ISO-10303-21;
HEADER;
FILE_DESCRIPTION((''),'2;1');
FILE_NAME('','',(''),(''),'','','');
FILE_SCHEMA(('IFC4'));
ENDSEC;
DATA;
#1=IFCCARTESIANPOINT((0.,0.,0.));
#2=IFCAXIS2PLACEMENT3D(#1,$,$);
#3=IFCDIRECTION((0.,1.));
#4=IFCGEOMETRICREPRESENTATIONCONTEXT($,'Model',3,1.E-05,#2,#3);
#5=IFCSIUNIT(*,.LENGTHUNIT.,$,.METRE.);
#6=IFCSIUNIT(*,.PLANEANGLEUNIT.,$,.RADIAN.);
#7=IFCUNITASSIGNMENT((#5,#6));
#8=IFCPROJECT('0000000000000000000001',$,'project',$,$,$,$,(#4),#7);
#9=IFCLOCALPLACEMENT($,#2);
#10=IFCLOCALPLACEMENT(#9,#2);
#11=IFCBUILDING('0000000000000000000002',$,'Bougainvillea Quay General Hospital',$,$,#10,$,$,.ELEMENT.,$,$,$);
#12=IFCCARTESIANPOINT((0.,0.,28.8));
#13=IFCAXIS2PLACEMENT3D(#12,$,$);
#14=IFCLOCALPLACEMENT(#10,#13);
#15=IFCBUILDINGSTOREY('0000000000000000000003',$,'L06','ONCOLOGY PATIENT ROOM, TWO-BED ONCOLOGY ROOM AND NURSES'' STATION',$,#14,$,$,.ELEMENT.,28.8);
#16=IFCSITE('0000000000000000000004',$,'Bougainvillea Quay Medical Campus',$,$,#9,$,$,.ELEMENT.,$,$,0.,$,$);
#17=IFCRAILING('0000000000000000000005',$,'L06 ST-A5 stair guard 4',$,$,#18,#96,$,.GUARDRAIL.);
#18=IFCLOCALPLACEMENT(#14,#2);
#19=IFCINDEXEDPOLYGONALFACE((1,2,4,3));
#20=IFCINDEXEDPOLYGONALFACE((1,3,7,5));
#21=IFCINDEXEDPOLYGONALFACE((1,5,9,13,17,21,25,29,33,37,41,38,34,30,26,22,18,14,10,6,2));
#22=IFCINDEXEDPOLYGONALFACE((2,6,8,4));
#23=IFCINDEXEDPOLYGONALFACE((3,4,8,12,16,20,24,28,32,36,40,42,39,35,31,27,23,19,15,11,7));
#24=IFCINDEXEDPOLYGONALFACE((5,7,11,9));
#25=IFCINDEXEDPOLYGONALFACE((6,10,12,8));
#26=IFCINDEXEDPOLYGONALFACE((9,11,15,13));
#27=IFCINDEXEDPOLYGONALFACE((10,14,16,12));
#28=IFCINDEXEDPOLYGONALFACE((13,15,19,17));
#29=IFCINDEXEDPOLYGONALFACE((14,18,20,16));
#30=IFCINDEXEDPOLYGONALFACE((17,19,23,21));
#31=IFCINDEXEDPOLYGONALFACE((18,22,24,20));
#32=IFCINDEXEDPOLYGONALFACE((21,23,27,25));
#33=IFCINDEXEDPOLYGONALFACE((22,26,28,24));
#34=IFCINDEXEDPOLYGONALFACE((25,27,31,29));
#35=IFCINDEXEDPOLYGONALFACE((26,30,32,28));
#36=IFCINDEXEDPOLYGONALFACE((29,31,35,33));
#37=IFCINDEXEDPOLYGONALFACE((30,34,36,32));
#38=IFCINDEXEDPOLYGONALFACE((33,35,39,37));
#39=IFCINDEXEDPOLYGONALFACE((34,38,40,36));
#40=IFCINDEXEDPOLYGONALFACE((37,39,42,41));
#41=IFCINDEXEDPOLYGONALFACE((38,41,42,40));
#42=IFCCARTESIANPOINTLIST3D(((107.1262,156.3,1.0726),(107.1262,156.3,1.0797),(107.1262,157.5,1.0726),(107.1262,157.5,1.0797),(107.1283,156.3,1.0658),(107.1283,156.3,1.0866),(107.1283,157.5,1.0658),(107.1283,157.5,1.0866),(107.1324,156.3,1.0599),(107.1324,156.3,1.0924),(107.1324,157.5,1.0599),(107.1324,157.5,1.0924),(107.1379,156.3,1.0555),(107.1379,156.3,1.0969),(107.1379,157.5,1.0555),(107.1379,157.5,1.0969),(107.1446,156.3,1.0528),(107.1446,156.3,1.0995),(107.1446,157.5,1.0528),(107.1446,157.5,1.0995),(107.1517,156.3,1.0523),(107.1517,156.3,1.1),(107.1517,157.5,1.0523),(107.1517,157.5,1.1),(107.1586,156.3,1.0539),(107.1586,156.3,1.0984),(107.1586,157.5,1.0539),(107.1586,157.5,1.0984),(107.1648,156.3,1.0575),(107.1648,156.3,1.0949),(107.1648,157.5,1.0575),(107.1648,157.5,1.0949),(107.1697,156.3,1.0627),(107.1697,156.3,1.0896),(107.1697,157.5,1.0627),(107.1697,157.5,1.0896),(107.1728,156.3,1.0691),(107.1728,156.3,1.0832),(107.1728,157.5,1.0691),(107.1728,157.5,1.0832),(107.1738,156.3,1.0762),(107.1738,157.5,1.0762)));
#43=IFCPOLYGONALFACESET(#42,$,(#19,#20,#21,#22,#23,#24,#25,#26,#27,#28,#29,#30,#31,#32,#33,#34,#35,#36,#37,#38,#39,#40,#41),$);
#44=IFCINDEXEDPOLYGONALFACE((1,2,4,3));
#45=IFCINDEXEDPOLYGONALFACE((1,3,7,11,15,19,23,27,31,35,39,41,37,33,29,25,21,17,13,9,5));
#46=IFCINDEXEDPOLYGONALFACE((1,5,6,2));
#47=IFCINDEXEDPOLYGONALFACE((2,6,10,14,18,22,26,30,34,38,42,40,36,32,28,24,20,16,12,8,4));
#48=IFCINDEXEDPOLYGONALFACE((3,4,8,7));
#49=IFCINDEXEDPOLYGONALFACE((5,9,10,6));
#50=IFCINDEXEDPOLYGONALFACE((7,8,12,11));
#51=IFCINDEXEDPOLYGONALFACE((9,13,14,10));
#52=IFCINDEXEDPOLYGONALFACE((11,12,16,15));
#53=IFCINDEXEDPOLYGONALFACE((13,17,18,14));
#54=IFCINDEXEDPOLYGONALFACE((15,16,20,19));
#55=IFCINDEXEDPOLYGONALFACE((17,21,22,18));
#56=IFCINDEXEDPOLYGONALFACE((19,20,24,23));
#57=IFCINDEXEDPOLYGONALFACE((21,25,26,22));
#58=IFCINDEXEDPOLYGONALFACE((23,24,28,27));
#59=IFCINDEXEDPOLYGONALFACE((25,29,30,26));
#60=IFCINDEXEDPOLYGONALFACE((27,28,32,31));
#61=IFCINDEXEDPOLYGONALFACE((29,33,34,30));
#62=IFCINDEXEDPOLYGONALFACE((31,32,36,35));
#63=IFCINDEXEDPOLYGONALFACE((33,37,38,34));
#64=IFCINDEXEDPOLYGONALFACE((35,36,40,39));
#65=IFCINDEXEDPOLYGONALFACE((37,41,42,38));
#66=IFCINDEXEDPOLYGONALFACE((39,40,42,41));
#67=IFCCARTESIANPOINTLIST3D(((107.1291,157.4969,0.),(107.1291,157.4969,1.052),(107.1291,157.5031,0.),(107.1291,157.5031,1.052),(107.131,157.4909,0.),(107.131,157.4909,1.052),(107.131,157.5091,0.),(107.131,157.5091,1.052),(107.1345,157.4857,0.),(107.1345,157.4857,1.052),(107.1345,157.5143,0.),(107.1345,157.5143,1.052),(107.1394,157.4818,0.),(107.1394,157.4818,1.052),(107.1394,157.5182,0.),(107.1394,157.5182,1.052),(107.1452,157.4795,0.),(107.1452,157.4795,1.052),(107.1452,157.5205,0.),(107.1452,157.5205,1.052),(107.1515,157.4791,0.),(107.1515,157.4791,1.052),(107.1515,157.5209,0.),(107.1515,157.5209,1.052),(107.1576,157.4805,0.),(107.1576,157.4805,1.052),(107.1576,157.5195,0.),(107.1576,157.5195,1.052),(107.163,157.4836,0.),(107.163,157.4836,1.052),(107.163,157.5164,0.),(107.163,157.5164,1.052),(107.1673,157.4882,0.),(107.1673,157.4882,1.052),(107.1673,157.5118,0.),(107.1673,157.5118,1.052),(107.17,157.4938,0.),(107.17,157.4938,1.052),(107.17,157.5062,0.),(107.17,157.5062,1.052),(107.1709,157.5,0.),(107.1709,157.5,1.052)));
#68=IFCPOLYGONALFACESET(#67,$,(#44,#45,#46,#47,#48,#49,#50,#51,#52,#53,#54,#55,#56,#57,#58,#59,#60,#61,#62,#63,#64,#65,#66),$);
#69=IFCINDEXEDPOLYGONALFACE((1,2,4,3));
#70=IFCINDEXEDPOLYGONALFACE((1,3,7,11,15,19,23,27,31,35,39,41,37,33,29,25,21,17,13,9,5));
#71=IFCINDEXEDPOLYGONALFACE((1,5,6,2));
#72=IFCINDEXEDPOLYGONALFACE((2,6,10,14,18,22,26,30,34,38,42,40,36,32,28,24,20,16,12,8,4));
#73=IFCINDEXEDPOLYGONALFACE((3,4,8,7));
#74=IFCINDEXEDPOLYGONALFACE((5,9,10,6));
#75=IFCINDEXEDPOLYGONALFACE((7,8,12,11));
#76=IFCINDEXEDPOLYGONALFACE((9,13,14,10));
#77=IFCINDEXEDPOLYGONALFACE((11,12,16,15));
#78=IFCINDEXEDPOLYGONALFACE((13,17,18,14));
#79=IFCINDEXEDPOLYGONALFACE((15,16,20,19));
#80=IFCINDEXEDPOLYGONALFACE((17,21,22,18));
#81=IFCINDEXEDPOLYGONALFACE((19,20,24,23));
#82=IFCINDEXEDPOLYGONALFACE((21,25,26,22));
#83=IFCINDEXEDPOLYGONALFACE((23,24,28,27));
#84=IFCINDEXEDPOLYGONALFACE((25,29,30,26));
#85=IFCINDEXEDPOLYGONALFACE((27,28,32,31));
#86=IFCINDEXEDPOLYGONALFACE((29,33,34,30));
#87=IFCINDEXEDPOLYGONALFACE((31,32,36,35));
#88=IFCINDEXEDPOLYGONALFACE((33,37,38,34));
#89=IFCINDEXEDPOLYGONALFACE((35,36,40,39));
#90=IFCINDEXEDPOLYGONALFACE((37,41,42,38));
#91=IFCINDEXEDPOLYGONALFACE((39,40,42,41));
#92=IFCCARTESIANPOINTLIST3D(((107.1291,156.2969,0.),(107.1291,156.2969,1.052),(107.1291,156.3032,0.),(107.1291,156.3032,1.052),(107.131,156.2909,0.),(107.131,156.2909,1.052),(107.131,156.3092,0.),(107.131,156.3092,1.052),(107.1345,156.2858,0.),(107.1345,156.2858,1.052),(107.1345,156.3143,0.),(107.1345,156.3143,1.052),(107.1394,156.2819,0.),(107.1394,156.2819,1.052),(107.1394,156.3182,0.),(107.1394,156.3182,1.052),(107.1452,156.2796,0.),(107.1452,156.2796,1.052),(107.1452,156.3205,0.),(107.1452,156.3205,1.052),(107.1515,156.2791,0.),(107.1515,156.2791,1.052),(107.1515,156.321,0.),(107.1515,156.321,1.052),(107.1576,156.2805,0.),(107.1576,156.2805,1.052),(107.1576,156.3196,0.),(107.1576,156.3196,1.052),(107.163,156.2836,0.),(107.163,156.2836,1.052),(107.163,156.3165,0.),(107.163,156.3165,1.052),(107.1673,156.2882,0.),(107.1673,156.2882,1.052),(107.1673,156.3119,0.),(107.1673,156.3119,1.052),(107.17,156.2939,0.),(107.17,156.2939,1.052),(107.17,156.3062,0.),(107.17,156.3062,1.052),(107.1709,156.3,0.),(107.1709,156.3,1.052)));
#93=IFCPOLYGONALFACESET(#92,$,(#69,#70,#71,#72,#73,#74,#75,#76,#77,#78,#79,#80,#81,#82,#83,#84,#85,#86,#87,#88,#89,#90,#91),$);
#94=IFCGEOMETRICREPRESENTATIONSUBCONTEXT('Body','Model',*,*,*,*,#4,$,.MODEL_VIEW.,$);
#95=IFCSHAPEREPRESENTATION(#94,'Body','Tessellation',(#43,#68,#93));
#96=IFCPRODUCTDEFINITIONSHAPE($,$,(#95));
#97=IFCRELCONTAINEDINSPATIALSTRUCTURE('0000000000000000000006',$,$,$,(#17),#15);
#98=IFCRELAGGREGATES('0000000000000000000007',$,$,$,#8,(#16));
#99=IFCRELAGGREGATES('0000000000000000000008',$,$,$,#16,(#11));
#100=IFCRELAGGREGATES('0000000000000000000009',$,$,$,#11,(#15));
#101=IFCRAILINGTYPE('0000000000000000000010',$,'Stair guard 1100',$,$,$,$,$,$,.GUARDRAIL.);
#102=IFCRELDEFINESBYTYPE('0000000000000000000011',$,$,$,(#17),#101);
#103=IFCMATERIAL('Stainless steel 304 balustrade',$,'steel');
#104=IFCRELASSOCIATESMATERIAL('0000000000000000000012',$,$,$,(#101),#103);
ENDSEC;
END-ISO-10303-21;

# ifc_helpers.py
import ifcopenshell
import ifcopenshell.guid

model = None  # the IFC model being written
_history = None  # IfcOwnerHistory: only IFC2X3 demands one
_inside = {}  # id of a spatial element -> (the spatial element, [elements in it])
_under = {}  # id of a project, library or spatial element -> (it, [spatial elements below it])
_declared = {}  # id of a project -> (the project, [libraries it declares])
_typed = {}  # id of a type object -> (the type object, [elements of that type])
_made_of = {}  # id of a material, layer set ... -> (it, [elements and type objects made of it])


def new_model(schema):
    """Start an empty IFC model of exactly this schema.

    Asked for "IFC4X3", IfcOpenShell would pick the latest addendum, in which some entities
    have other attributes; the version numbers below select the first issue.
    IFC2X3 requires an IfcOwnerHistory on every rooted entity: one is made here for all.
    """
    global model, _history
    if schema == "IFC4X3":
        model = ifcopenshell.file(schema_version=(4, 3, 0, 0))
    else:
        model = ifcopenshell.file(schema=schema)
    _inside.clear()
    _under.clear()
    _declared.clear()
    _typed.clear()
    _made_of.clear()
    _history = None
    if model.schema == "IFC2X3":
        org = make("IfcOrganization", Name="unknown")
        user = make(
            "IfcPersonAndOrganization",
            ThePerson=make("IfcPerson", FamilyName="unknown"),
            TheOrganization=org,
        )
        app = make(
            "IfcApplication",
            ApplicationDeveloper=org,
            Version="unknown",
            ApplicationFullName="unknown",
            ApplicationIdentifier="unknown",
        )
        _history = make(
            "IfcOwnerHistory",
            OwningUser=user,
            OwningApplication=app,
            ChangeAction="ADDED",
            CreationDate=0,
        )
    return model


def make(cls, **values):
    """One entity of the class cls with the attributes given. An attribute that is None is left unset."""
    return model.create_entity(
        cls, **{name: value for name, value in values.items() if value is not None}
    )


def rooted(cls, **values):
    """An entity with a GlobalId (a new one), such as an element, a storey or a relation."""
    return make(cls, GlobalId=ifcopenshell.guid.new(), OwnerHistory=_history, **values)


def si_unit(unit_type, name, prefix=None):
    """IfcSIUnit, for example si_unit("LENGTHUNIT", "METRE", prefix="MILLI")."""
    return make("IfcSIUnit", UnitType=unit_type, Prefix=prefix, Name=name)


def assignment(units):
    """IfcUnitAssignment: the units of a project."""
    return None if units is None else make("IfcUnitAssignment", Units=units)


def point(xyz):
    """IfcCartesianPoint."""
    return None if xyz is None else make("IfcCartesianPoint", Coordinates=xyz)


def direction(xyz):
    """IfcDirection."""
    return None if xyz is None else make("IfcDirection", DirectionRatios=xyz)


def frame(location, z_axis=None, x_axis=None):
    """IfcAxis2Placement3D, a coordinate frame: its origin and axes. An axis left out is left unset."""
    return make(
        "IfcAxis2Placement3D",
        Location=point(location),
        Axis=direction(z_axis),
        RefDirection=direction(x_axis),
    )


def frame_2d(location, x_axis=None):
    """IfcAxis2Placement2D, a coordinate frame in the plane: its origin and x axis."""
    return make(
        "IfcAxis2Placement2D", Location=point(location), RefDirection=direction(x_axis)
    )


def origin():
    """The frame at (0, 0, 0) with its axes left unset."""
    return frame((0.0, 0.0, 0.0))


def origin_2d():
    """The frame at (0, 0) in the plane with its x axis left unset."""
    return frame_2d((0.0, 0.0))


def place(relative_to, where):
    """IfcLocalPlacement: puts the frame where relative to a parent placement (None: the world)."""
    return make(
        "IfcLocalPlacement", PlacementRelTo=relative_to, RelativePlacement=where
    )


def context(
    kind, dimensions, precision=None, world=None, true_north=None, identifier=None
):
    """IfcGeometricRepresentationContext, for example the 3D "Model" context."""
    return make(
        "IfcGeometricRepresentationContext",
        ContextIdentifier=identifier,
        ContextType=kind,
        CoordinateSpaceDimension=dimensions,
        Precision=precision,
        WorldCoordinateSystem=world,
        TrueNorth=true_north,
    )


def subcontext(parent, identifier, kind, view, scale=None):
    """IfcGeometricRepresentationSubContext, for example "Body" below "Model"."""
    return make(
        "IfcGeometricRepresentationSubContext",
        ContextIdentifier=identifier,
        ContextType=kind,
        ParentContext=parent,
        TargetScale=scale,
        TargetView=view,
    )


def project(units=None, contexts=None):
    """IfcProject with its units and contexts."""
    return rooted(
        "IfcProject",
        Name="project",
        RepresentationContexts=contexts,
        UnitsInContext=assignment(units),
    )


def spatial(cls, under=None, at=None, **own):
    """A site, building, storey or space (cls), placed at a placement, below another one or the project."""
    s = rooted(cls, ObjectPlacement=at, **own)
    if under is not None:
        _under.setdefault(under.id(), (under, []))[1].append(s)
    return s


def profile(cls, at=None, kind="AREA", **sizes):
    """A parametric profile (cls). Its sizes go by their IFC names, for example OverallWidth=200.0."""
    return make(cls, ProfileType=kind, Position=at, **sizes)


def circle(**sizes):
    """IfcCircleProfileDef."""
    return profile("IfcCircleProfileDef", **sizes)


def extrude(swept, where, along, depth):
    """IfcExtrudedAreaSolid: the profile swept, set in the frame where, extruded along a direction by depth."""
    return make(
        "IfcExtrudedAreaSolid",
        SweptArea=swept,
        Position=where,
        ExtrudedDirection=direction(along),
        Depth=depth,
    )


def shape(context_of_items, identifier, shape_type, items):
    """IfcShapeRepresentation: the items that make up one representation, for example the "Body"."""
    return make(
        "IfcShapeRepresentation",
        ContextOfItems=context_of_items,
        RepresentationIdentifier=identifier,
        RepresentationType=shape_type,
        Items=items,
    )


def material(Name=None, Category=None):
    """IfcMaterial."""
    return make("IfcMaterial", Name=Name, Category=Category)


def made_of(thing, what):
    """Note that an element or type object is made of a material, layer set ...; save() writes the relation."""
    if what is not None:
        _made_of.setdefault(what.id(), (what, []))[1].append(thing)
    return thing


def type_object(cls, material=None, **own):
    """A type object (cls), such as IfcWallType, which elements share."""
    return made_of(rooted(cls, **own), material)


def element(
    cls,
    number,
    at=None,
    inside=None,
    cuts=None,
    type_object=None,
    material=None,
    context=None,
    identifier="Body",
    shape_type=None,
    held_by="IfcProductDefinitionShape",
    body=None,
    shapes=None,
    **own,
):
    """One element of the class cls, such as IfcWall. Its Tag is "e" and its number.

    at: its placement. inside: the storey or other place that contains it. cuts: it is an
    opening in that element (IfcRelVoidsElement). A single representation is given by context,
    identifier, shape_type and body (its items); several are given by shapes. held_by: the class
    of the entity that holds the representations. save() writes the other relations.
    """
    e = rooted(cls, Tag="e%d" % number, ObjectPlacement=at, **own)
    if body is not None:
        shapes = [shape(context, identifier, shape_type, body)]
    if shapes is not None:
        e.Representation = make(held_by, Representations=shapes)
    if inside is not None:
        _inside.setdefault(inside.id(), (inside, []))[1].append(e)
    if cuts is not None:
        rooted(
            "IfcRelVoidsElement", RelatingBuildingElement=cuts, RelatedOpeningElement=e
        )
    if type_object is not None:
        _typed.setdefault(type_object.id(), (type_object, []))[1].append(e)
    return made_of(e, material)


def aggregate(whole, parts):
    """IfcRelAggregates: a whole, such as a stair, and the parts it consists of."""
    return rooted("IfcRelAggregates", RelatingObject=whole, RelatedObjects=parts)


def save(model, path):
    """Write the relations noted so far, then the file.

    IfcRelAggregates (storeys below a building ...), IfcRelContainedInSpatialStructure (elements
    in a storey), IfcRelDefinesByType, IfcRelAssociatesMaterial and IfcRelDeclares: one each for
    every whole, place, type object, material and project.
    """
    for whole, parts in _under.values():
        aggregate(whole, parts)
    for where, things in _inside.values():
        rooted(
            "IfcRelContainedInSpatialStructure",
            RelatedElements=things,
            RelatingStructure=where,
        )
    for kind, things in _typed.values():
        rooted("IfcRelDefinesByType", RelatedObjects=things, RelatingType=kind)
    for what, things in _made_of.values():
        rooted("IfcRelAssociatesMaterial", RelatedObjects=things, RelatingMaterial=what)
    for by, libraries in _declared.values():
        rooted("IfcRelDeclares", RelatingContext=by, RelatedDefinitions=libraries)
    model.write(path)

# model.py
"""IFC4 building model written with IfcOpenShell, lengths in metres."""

from ifc_helpers import new_model, si_unit, direction, frame, origin, origin_2d, place, context, subcontext, project, spatial, circle, extrude, material, type_object, element, save


model = new_model("IFC4")

# Units and contexts
model_context = context("Model", 3, precision=1e-05, world=origin(), true_north=direction((0.0, 1.0)))
body_context = subcontext(model_context, "Body", "Model", "MODEL_VIEW")
ifc_project = project(units=[si_unit("LENGTHUNIT", "METRE"), si_unit("PLANEANGLEUNIT", "RADIAN")], contexts=[model_context])

# Site, building, storey
site_placement = place(None, origin())
site = spatial("IfcSite", under=ifc_project, at=site_placement, Name="Bougainvillea Quay Medical Campus", CompositionType="ELEMENT", RefElevation=0.0)
building_placement = place(site_placement, origin())
building = spatial("IfcBuilding", under=site, at=building_placement, Name="Bougainvillea Quay General Hospital", CompositionType="ELEMENT")
storey_placement = place(building_placement, frame((0.0, 0.0, 28.8)))
storey = spatial("IfcBuildingStorey", under=building, at=storey_placement, Name="L06", Description="ONCOLOGY PATIENT ROOM, TWO-BED ONCOLOGY ROOM AND NURSES' STATION", CompositionType="ELEMENT", Elevation=28.8)

# Railing
ifc_material_1 = material(Name="Stainless steel 304 balustrade", Category="steel")
railing_type_1 = type_object("IfcRailingType", Name="Stair guard 1100", PredefinedType="GUARDRAIL", material=ifc_material_1)
railing_1_placement = place(storey_placement, frame((107.1499, 157.5, 0.0)))
element("IfcRailing", 1, at=railing_1_placement, inside=storey, type_object=railing_type_1, Name="L06 ST-A5 stair guard 4", PredefinedType="GUARDRAIL", context=body_context, shape_type="SweptSolid", body=[
    extrude(circle(Radius=0.0239, at=origin_2d()), frame((0.0, 0.0, 1.0762), z_axis=(0.0, -1.0, 0.0), x_axis=(1.0, 0.0, 0.0)), (0.0, 0.0, 1.0), 1.2),
    extrude(circle(Radius=0.021, at=origin_2d()), origin(), (0.0, 0.0, 1.0), 1.052),
    extrude(circle(Radius=0.021, at=origin_2d()), frame((0.0, -1.2, 0.0)), (0.0, 0.0, 1.0), 1.052),
])

save(model, "model.ifc")
